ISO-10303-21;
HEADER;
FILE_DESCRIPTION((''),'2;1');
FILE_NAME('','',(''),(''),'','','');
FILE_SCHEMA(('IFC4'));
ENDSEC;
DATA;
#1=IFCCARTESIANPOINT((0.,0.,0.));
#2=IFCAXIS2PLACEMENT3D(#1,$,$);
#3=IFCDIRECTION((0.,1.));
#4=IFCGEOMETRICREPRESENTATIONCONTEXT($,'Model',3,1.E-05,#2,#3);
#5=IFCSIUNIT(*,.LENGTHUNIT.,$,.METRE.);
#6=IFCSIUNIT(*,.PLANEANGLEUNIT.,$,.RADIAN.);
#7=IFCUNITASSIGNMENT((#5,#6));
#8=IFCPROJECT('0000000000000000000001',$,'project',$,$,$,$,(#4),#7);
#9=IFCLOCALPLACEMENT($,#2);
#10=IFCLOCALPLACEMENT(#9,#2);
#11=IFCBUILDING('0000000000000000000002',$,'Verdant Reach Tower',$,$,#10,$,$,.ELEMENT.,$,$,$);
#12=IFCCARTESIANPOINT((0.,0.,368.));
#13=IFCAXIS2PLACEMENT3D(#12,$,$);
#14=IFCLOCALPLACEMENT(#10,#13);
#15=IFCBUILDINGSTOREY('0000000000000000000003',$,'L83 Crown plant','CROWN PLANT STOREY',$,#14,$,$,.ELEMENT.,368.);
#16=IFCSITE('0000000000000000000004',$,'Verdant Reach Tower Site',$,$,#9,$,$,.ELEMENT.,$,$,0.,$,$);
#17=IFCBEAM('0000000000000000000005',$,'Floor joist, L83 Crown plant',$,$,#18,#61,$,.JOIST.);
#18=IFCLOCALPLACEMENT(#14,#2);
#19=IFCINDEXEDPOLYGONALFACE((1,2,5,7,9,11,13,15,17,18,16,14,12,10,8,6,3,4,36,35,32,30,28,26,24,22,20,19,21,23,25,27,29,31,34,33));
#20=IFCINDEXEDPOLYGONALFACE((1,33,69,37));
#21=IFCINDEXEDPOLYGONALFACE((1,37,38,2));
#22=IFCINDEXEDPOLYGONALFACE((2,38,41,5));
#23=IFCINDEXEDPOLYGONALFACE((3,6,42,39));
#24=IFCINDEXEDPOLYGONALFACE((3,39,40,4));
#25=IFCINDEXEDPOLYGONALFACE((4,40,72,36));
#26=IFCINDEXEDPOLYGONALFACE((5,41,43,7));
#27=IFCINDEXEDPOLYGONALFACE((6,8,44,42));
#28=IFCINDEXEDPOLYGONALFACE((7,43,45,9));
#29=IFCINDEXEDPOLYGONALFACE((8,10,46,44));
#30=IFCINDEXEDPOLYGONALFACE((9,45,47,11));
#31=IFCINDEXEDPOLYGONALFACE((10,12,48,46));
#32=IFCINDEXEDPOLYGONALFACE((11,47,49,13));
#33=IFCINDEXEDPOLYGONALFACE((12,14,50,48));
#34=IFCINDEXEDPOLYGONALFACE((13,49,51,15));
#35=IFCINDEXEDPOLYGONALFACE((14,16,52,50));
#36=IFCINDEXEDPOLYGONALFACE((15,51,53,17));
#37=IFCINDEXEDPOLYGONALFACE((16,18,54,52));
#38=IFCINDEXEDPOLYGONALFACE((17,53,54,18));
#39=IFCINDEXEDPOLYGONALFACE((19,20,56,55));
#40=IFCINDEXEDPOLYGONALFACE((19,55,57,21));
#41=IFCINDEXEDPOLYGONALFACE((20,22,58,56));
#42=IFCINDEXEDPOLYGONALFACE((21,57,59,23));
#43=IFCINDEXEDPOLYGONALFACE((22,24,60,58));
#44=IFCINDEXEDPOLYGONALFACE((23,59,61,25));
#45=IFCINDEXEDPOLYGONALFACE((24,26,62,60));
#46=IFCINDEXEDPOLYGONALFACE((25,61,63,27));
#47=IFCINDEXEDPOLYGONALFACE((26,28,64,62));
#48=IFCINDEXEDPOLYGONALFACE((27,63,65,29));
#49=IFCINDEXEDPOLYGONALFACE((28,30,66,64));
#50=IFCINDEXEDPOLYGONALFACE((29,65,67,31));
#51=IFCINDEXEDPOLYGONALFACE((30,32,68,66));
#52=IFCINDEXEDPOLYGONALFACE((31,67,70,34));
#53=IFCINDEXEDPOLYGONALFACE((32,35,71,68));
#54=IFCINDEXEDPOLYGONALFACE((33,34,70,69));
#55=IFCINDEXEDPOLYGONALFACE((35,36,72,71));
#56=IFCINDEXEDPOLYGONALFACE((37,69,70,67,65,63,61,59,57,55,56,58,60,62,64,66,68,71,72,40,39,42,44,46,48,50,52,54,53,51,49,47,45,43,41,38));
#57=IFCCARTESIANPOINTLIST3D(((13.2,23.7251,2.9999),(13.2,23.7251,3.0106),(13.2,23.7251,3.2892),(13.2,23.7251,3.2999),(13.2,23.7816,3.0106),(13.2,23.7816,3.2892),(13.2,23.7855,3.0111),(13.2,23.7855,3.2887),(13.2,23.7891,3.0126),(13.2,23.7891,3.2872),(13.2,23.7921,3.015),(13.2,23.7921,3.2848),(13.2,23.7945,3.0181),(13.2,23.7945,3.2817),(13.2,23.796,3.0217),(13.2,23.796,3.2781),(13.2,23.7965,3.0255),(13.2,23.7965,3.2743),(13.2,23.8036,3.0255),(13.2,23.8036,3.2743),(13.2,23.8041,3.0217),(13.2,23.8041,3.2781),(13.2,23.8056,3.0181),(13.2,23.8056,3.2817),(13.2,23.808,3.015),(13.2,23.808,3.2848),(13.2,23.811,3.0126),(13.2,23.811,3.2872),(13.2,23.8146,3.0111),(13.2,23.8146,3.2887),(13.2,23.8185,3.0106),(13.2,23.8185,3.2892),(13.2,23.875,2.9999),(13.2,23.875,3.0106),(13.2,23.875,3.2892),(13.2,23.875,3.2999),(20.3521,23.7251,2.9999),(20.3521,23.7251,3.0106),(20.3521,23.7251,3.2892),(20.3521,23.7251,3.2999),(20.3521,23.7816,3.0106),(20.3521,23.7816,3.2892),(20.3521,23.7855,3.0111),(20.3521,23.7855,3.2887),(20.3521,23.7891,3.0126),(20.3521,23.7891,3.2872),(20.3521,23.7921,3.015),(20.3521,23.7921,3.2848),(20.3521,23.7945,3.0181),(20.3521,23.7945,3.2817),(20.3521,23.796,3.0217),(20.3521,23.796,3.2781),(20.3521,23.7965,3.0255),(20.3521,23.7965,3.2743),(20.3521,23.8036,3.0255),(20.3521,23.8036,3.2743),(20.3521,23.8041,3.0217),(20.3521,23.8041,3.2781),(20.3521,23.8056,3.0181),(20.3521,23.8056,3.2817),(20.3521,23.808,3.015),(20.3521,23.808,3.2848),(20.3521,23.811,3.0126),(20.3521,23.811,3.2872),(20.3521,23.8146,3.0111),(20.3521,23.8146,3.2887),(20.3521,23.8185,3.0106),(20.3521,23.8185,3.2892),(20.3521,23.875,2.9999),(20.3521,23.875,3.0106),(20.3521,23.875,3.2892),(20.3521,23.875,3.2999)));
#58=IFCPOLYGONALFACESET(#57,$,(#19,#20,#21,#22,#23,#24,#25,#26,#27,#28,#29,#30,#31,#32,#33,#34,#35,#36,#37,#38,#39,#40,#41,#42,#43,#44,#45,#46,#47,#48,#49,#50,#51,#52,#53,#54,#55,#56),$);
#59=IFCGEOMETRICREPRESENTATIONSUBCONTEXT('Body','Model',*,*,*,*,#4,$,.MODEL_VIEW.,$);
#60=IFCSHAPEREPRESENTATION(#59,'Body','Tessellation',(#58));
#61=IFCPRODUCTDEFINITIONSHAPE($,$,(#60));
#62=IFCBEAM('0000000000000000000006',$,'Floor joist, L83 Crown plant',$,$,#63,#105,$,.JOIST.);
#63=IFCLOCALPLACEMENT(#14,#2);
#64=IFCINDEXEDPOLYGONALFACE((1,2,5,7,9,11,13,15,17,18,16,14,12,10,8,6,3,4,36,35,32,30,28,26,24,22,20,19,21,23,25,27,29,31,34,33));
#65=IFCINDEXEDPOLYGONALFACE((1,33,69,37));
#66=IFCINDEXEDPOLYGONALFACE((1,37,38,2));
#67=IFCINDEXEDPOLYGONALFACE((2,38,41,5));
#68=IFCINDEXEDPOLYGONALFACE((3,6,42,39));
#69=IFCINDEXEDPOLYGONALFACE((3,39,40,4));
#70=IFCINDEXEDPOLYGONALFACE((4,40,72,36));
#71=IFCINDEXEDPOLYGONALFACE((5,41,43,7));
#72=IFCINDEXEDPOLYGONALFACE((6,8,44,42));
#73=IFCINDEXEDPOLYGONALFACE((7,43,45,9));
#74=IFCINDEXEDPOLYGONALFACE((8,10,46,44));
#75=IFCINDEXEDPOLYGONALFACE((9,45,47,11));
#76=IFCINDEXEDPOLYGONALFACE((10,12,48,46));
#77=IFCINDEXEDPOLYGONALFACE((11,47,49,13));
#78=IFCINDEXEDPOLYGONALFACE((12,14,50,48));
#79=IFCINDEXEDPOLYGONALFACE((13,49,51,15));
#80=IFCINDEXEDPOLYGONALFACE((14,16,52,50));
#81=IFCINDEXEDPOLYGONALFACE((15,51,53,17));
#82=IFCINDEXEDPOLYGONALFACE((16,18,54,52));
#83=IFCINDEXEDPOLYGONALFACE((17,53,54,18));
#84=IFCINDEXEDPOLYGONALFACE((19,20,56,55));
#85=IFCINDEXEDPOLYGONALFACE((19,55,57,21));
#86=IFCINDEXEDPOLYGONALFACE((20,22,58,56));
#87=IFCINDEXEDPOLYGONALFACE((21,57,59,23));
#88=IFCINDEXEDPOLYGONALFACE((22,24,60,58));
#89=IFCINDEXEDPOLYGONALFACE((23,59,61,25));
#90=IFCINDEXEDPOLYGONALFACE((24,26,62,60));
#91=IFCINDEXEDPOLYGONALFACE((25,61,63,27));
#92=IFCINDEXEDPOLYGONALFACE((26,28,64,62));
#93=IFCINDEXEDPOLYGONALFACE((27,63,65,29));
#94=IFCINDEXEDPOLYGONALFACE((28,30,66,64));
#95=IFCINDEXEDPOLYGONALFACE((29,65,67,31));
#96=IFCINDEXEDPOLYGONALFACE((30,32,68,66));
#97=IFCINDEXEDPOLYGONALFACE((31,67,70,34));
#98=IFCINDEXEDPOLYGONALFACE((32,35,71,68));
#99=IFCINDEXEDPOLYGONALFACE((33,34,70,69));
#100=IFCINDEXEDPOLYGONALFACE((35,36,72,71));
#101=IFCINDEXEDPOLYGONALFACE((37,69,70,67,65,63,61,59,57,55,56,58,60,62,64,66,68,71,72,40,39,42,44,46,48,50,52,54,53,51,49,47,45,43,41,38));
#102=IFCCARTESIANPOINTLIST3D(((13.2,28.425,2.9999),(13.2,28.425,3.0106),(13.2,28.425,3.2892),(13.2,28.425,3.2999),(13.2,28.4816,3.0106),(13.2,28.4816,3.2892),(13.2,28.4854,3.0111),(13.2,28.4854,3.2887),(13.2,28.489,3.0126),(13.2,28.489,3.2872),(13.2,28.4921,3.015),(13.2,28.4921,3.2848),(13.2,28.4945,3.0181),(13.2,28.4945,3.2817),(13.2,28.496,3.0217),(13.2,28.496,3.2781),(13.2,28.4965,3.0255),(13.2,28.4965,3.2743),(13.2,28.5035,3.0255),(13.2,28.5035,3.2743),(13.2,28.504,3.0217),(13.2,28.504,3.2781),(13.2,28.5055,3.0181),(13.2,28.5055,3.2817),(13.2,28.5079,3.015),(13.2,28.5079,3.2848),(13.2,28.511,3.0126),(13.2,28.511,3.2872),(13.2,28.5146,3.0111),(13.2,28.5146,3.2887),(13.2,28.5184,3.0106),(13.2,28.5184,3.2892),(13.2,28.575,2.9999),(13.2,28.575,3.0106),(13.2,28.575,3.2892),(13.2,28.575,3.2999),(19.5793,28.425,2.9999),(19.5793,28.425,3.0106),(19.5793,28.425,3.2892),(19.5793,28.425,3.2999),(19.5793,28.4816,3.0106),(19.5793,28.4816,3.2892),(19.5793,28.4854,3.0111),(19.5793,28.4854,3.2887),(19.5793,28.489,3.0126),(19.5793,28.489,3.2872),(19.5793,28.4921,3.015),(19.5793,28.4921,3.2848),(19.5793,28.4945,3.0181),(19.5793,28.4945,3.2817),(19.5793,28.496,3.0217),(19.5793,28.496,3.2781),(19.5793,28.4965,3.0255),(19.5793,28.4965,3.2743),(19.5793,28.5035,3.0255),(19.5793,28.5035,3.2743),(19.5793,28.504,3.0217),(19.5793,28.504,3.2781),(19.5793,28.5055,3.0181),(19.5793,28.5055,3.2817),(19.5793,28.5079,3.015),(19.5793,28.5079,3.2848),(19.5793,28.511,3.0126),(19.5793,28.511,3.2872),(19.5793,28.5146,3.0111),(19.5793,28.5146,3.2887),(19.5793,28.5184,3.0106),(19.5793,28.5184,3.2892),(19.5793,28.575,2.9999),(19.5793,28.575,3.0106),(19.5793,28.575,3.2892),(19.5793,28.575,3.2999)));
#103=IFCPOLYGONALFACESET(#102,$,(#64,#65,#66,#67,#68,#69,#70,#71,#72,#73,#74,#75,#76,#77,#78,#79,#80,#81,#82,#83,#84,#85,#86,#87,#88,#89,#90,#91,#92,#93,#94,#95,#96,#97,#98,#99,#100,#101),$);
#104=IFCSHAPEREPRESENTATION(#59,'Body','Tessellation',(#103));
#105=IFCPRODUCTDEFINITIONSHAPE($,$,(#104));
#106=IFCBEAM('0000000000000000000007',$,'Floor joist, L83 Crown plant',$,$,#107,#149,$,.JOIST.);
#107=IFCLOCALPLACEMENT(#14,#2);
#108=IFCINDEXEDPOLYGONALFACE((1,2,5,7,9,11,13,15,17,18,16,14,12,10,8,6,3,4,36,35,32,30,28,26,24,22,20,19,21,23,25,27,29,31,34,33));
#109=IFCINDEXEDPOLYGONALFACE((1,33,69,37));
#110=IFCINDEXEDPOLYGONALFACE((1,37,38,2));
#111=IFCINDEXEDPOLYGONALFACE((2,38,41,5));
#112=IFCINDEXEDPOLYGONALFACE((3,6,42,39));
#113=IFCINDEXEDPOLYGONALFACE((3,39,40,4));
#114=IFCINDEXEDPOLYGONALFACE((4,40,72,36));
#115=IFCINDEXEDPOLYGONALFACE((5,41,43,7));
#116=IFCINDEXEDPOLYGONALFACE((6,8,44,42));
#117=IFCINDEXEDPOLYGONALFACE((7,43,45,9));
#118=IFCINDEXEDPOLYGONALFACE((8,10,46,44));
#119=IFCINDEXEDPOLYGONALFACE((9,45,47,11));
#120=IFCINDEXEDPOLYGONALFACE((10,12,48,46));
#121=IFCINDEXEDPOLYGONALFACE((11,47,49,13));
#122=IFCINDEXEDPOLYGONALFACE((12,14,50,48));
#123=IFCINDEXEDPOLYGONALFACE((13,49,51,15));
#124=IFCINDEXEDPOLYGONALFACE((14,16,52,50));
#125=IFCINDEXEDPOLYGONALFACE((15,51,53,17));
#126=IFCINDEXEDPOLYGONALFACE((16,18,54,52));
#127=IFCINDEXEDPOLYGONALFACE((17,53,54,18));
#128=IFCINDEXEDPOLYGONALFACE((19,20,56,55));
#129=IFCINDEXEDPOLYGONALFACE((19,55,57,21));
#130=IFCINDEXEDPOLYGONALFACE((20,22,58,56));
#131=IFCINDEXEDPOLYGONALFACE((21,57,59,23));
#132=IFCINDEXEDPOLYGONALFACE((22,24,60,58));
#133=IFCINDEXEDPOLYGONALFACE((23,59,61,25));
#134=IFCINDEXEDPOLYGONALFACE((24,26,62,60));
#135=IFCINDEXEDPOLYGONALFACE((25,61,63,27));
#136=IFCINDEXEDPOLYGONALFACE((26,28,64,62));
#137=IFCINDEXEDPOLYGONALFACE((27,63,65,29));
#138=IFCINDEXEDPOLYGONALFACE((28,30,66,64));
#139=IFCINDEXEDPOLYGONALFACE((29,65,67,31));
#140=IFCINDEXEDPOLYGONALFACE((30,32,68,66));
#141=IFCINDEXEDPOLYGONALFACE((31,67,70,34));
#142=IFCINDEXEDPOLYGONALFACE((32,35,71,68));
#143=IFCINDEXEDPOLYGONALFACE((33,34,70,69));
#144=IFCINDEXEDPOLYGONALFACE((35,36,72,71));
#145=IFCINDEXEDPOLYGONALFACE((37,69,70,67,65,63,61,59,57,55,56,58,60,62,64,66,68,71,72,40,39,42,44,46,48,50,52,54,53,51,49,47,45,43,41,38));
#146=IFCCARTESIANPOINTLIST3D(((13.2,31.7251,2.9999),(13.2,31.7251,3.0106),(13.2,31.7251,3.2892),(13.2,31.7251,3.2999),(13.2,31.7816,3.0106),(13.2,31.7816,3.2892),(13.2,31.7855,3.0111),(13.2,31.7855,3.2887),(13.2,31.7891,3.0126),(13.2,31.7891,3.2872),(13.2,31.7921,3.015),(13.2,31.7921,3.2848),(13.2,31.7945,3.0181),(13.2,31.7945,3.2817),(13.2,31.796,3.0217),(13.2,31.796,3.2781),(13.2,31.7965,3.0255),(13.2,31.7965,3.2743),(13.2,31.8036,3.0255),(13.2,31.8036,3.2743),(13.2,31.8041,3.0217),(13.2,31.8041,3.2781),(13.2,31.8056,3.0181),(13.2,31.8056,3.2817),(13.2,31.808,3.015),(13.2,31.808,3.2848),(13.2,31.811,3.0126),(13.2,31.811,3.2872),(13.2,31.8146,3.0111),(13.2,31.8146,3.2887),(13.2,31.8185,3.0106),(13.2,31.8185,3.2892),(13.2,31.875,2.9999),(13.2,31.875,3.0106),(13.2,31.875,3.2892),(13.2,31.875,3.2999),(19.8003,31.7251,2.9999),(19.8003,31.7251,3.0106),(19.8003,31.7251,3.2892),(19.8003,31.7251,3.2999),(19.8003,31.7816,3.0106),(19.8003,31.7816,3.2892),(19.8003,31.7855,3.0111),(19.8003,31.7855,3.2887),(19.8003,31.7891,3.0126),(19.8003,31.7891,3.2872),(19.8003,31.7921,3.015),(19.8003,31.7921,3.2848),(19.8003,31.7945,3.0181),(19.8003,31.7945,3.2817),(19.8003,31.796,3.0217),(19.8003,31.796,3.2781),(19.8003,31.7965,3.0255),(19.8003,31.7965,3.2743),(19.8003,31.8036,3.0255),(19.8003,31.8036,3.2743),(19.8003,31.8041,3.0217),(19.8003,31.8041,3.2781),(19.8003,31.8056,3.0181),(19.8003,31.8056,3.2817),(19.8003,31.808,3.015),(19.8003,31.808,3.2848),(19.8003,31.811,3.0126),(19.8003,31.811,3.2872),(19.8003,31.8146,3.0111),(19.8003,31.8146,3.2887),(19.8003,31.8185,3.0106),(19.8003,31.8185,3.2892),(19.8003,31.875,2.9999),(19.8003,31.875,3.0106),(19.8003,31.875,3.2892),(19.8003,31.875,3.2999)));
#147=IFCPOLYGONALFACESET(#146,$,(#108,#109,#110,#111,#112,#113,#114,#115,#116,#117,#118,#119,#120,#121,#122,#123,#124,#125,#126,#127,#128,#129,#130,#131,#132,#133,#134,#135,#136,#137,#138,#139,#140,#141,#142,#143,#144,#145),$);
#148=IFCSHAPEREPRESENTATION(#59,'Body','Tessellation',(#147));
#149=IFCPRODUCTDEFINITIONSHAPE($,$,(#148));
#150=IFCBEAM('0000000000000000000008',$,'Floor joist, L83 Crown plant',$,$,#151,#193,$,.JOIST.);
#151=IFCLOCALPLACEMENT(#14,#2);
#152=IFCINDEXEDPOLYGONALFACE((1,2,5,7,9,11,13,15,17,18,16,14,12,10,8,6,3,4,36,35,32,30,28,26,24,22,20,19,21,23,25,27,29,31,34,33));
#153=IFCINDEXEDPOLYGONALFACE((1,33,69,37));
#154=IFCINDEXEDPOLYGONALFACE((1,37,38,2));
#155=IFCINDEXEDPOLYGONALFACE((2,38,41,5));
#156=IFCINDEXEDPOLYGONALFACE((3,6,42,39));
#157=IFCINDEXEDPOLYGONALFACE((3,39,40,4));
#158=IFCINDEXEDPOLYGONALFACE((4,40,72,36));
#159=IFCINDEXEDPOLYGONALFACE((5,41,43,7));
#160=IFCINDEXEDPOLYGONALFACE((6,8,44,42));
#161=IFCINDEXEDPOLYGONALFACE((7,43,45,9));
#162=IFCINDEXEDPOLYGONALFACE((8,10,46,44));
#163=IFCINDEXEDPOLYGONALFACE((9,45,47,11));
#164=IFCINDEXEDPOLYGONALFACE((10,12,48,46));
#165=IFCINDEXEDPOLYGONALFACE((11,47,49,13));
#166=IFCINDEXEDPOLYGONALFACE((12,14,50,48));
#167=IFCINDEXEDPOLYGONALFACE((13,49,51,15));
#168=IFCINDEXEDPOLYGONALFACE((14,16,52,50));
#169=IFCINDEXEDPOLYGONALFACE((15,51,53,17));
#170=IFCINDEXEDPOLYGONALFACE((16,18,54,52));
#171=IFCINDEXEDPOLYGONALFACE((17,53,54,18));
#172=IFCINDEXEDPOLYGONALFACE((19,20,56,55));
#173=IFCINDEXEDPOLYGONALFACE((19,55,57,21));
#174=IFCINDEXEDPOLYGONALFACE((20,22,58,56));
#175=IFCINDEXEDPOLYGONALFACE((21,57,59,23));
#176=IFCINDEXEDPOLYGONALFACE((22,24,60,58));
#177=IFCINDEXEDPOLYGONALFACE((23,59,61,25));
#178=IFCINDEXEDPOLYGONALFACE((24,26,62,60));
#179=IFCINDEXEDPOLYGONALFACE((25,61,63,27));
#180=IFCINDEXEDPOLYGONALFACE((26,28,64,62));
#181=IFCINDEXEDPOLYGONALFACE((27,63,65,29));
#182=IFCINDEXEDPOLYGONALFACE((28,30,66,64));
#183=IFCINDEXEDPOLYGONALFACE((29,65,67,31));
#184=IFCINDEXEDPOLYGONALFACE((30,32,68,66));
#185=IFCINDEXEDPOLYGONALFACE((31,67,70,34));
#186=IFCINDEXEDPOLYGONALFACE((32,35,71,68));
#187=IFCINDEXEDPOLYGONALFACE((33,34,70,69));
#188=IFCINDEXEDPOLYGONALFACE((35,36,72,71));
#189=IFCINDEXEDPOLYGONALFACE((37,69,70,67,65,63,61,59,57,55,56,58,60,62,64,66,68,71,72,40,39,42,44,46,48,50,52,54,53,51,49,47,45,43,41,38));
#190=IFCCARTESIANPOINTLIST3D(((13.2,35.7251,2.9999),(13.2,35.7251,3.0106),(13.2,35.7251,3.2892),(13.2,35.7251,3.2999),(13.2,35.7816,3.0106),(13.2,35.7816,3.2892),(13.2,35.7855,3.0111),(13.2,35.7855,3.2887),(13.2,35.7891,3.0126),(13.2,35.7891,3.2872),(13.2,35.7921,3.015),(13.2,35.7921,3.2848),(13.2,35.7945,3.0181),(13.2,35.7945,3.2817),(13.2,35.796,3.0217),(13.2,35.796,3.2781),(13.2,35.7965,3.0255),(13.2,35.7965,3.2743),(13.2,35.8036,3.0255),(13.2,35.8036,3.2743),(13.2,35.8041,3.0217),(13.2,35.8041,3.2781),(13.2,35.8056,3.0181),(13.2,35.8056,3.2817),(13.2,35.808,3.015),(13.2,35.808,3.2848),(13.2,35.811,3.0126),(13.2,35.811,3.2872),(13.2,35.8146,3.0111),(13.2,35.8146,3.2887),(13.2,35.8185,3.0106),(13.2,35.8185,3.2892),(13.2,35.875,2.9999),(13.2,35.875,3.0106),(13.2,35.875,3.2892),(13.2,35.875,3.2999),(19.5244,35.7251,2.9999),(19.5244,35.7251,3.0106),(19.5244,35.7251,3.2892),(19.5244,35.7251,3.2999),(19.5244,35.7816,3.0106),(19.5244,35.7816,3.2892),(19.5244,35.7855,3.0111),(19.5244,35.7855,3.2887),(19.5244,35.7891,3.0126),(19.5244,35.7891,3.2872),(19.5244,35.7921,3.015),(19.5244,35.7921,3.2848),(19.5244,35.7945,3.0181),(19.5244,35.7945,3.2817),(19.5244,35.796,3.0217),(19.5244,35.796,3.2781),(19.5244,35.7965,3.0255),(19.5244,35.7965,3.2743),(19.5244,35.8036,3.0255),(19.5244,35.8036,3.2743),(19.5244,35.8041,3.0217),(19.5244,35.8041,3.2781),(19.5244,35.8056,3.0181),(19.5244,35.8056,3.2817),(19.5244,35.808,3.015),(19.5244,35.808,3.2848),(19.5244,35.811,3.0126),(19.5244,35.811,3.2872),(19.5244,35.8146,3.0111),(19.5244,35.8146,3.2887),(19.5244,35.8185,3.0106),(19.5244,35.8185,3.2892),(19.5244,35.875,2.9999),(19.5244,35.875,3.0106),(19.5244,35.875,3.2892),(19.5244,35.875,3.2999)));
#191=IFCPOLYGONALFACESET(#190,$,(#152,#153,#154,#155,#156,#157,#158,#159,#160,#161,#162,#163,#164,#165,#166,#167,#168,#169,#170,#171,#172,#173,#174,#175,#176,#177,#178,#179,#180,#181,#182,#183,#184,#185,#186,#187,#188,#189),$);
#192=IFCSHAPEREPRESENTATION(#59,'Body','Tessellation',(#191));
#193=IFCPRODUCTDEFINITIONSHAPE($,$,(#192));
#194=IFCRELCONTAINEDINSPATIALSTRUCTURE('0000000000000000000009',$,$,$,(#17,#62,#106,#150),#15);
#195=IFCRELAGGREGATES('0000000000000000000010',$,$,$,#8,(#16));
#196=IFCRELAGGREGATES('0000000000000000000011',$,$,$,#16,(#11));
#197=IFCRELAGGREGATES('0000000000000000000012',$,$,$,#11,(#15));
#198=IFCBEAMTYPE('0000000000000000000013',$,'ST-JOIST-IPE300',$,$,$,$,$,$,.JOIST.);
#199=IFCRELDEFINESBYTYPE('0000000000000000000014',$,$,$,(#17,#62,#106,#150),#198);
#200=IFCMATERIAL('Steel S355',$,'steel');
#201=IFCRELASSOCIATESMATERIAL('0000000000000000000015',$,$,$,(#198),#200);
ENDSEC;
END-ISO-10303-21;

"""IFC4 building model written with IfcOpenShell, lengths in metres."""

from ifc_helpers import new_model, si_unit, direction, frame, origin, origin_2d, place, context, subcontext, project, spatial, i_section, extrude, material, material_profile, profile_set, type_object, element, save


model = new_model("IFC4")

# Units and contexts
model_context = context("Model", 3, precision=1e-05, world=origin(), true_north=direction((0.0, 1.0)))
body_context = subcontext(model_context, "Body", "Model", "MODEL_VIEW")
ifc_project = project(units=[si_unit("LENGTHUNIT", "METRE"), si_unit("PLANEANGLEUNIT", "RADIAN")], contexts=[model_context])

# Site, building, storey
site_placement = place(None, origin())
site = spatial("IfcSite", under=ifc_project, at=site_placement, Name="Verdant Reach Tower Site", CompositionType="ELEMENT", RefElevation=0.0)
building_placement = place(site_placement, origin())
building = spatial("IfcBuilding", under=site, at=building_placement, Name="Verdant Reach Tower", CompositionType="ELEMENT")
storey_placement = place(building_placement, frame((0.0, 0.0, 368.0)))
storey = spatial("IfcBuildingStorey", under=building, at=storey_placement, Name="L83 Crown plant", Description="CROWN PLANT STOREY", CompositionType="ELEMENT", Elevation=368.0)

# Beams
ifc_material_1 = material(Name="Steel S355", Category="steel")
ifc_material_profile_1 = material_profile(ifc_material_1, i_section(OverallWidth=0.1499, OverallDepth=0.3, WebThickness=0.0071, FlangeThickness=0.0107, FilletRadius=0.0149, at=origin_2d()), Name="IPE 300")
ifc_profile_set_1 = profile_set([ifc_material_profile_1], Name="Steel S355")
beam_type_1 = type_object("IfcBeamType", Name="ST-JOIST-IPE300", PredefinedType="JOIST", material=ifc_profile_set_1)
beam_1_placement = place(storey_placement, frame((13.2, 23.8, 3.1499), z_axis=(1.0, 0.0, 0.0), x_axis=(0.0, 1.0, 0.0)))
element("IfcBeam", 1, at=beam_1_placement, inside=storey, type_object=beam_type_1, Name="Floor joist, L83 Crown plant", PredefinedType="JOIST", context=body_context, shape_type="SweptSolid", body=[
    extrude(i_section(OverallWidth=0.1499, OverallDepth=0.3, WebThickness=0.0071, FlangeThickness=0.0107, FilletRadius=0.0149, at=origin_2d()), origin(), (0.0, 0.0, 1.0), 7.1521),
])
beam_2_placement = place(storey_placement, frame((13.2, 28.5, 3.1499), z_axis=(1.0, 0.0, 0.0), x_axis=(0.0, 1.0, 0.0)))
element("IfcBeam", 2, at=beam_2_placement, inside=storey, type_object=beam_type_1, Name="Floor joist, L83 Crown plant", PredefinedType="JOIST", context=body_context, shape_type="SweptSolid", body=[
    extrude(i_section(OverallWidth=0.1499, OverallDepth=0.3, WebThickness=0.0071, FlangeThickness=0.0107, FilletRadius=0.0149, at=origin_2d()), origin(), (0.0, 0.0, 1.0), 6.3794),
])
beam_3_placement = place(storey_placement, frame((13.2, 31.8, 3.1499), z_axis=(1.0, 0.0, 0.0), x_axis=(0.0, 1.0, 0.0)))
element("IfcBeam", 3, at=beam_3_placement, inside=storey, type_object=beam_type_1, Name="Floor joist, L83 Crown plant", PredefinedType="JOIST", context=body_context, shape_type="SweptSolid", body=[
    extrude(i_section(OverallWidth=0.1499, OverallDepth=0.3, WebThickness=0.0071, FlangeThickness=0.0107, FilletRadius=0.0149, at=origin_2d()), origin(), (0.0, 0.0, 1.0), 6.6003),
])
beam_4_placement = place(storey_placement, frame((13.2, 35.8, 3.1499), z_axis=(1.0, 0.0, 0.0), x_axis=(0.0, 1.0, 0.0)))
element("IfcBeam", 4, at=beam_4_placement, inside=storey, type_object=beam_type_1, Name="Floor joist, L83 Crown plant", PredefinedType="JOIST", context=body_context, shape_type="SweptSolid", body=[
    extrude(i_section(OverallWidth=0.1499, OverallDepth=0.3, WebThickness=0.0071, FlangeThickness=0.0107, FilletRadius=0.0149, at=origin_2d()), origin(), (0.0, 0.0, 1.0), 6.3245),
])

save(model, "model.ifc")
